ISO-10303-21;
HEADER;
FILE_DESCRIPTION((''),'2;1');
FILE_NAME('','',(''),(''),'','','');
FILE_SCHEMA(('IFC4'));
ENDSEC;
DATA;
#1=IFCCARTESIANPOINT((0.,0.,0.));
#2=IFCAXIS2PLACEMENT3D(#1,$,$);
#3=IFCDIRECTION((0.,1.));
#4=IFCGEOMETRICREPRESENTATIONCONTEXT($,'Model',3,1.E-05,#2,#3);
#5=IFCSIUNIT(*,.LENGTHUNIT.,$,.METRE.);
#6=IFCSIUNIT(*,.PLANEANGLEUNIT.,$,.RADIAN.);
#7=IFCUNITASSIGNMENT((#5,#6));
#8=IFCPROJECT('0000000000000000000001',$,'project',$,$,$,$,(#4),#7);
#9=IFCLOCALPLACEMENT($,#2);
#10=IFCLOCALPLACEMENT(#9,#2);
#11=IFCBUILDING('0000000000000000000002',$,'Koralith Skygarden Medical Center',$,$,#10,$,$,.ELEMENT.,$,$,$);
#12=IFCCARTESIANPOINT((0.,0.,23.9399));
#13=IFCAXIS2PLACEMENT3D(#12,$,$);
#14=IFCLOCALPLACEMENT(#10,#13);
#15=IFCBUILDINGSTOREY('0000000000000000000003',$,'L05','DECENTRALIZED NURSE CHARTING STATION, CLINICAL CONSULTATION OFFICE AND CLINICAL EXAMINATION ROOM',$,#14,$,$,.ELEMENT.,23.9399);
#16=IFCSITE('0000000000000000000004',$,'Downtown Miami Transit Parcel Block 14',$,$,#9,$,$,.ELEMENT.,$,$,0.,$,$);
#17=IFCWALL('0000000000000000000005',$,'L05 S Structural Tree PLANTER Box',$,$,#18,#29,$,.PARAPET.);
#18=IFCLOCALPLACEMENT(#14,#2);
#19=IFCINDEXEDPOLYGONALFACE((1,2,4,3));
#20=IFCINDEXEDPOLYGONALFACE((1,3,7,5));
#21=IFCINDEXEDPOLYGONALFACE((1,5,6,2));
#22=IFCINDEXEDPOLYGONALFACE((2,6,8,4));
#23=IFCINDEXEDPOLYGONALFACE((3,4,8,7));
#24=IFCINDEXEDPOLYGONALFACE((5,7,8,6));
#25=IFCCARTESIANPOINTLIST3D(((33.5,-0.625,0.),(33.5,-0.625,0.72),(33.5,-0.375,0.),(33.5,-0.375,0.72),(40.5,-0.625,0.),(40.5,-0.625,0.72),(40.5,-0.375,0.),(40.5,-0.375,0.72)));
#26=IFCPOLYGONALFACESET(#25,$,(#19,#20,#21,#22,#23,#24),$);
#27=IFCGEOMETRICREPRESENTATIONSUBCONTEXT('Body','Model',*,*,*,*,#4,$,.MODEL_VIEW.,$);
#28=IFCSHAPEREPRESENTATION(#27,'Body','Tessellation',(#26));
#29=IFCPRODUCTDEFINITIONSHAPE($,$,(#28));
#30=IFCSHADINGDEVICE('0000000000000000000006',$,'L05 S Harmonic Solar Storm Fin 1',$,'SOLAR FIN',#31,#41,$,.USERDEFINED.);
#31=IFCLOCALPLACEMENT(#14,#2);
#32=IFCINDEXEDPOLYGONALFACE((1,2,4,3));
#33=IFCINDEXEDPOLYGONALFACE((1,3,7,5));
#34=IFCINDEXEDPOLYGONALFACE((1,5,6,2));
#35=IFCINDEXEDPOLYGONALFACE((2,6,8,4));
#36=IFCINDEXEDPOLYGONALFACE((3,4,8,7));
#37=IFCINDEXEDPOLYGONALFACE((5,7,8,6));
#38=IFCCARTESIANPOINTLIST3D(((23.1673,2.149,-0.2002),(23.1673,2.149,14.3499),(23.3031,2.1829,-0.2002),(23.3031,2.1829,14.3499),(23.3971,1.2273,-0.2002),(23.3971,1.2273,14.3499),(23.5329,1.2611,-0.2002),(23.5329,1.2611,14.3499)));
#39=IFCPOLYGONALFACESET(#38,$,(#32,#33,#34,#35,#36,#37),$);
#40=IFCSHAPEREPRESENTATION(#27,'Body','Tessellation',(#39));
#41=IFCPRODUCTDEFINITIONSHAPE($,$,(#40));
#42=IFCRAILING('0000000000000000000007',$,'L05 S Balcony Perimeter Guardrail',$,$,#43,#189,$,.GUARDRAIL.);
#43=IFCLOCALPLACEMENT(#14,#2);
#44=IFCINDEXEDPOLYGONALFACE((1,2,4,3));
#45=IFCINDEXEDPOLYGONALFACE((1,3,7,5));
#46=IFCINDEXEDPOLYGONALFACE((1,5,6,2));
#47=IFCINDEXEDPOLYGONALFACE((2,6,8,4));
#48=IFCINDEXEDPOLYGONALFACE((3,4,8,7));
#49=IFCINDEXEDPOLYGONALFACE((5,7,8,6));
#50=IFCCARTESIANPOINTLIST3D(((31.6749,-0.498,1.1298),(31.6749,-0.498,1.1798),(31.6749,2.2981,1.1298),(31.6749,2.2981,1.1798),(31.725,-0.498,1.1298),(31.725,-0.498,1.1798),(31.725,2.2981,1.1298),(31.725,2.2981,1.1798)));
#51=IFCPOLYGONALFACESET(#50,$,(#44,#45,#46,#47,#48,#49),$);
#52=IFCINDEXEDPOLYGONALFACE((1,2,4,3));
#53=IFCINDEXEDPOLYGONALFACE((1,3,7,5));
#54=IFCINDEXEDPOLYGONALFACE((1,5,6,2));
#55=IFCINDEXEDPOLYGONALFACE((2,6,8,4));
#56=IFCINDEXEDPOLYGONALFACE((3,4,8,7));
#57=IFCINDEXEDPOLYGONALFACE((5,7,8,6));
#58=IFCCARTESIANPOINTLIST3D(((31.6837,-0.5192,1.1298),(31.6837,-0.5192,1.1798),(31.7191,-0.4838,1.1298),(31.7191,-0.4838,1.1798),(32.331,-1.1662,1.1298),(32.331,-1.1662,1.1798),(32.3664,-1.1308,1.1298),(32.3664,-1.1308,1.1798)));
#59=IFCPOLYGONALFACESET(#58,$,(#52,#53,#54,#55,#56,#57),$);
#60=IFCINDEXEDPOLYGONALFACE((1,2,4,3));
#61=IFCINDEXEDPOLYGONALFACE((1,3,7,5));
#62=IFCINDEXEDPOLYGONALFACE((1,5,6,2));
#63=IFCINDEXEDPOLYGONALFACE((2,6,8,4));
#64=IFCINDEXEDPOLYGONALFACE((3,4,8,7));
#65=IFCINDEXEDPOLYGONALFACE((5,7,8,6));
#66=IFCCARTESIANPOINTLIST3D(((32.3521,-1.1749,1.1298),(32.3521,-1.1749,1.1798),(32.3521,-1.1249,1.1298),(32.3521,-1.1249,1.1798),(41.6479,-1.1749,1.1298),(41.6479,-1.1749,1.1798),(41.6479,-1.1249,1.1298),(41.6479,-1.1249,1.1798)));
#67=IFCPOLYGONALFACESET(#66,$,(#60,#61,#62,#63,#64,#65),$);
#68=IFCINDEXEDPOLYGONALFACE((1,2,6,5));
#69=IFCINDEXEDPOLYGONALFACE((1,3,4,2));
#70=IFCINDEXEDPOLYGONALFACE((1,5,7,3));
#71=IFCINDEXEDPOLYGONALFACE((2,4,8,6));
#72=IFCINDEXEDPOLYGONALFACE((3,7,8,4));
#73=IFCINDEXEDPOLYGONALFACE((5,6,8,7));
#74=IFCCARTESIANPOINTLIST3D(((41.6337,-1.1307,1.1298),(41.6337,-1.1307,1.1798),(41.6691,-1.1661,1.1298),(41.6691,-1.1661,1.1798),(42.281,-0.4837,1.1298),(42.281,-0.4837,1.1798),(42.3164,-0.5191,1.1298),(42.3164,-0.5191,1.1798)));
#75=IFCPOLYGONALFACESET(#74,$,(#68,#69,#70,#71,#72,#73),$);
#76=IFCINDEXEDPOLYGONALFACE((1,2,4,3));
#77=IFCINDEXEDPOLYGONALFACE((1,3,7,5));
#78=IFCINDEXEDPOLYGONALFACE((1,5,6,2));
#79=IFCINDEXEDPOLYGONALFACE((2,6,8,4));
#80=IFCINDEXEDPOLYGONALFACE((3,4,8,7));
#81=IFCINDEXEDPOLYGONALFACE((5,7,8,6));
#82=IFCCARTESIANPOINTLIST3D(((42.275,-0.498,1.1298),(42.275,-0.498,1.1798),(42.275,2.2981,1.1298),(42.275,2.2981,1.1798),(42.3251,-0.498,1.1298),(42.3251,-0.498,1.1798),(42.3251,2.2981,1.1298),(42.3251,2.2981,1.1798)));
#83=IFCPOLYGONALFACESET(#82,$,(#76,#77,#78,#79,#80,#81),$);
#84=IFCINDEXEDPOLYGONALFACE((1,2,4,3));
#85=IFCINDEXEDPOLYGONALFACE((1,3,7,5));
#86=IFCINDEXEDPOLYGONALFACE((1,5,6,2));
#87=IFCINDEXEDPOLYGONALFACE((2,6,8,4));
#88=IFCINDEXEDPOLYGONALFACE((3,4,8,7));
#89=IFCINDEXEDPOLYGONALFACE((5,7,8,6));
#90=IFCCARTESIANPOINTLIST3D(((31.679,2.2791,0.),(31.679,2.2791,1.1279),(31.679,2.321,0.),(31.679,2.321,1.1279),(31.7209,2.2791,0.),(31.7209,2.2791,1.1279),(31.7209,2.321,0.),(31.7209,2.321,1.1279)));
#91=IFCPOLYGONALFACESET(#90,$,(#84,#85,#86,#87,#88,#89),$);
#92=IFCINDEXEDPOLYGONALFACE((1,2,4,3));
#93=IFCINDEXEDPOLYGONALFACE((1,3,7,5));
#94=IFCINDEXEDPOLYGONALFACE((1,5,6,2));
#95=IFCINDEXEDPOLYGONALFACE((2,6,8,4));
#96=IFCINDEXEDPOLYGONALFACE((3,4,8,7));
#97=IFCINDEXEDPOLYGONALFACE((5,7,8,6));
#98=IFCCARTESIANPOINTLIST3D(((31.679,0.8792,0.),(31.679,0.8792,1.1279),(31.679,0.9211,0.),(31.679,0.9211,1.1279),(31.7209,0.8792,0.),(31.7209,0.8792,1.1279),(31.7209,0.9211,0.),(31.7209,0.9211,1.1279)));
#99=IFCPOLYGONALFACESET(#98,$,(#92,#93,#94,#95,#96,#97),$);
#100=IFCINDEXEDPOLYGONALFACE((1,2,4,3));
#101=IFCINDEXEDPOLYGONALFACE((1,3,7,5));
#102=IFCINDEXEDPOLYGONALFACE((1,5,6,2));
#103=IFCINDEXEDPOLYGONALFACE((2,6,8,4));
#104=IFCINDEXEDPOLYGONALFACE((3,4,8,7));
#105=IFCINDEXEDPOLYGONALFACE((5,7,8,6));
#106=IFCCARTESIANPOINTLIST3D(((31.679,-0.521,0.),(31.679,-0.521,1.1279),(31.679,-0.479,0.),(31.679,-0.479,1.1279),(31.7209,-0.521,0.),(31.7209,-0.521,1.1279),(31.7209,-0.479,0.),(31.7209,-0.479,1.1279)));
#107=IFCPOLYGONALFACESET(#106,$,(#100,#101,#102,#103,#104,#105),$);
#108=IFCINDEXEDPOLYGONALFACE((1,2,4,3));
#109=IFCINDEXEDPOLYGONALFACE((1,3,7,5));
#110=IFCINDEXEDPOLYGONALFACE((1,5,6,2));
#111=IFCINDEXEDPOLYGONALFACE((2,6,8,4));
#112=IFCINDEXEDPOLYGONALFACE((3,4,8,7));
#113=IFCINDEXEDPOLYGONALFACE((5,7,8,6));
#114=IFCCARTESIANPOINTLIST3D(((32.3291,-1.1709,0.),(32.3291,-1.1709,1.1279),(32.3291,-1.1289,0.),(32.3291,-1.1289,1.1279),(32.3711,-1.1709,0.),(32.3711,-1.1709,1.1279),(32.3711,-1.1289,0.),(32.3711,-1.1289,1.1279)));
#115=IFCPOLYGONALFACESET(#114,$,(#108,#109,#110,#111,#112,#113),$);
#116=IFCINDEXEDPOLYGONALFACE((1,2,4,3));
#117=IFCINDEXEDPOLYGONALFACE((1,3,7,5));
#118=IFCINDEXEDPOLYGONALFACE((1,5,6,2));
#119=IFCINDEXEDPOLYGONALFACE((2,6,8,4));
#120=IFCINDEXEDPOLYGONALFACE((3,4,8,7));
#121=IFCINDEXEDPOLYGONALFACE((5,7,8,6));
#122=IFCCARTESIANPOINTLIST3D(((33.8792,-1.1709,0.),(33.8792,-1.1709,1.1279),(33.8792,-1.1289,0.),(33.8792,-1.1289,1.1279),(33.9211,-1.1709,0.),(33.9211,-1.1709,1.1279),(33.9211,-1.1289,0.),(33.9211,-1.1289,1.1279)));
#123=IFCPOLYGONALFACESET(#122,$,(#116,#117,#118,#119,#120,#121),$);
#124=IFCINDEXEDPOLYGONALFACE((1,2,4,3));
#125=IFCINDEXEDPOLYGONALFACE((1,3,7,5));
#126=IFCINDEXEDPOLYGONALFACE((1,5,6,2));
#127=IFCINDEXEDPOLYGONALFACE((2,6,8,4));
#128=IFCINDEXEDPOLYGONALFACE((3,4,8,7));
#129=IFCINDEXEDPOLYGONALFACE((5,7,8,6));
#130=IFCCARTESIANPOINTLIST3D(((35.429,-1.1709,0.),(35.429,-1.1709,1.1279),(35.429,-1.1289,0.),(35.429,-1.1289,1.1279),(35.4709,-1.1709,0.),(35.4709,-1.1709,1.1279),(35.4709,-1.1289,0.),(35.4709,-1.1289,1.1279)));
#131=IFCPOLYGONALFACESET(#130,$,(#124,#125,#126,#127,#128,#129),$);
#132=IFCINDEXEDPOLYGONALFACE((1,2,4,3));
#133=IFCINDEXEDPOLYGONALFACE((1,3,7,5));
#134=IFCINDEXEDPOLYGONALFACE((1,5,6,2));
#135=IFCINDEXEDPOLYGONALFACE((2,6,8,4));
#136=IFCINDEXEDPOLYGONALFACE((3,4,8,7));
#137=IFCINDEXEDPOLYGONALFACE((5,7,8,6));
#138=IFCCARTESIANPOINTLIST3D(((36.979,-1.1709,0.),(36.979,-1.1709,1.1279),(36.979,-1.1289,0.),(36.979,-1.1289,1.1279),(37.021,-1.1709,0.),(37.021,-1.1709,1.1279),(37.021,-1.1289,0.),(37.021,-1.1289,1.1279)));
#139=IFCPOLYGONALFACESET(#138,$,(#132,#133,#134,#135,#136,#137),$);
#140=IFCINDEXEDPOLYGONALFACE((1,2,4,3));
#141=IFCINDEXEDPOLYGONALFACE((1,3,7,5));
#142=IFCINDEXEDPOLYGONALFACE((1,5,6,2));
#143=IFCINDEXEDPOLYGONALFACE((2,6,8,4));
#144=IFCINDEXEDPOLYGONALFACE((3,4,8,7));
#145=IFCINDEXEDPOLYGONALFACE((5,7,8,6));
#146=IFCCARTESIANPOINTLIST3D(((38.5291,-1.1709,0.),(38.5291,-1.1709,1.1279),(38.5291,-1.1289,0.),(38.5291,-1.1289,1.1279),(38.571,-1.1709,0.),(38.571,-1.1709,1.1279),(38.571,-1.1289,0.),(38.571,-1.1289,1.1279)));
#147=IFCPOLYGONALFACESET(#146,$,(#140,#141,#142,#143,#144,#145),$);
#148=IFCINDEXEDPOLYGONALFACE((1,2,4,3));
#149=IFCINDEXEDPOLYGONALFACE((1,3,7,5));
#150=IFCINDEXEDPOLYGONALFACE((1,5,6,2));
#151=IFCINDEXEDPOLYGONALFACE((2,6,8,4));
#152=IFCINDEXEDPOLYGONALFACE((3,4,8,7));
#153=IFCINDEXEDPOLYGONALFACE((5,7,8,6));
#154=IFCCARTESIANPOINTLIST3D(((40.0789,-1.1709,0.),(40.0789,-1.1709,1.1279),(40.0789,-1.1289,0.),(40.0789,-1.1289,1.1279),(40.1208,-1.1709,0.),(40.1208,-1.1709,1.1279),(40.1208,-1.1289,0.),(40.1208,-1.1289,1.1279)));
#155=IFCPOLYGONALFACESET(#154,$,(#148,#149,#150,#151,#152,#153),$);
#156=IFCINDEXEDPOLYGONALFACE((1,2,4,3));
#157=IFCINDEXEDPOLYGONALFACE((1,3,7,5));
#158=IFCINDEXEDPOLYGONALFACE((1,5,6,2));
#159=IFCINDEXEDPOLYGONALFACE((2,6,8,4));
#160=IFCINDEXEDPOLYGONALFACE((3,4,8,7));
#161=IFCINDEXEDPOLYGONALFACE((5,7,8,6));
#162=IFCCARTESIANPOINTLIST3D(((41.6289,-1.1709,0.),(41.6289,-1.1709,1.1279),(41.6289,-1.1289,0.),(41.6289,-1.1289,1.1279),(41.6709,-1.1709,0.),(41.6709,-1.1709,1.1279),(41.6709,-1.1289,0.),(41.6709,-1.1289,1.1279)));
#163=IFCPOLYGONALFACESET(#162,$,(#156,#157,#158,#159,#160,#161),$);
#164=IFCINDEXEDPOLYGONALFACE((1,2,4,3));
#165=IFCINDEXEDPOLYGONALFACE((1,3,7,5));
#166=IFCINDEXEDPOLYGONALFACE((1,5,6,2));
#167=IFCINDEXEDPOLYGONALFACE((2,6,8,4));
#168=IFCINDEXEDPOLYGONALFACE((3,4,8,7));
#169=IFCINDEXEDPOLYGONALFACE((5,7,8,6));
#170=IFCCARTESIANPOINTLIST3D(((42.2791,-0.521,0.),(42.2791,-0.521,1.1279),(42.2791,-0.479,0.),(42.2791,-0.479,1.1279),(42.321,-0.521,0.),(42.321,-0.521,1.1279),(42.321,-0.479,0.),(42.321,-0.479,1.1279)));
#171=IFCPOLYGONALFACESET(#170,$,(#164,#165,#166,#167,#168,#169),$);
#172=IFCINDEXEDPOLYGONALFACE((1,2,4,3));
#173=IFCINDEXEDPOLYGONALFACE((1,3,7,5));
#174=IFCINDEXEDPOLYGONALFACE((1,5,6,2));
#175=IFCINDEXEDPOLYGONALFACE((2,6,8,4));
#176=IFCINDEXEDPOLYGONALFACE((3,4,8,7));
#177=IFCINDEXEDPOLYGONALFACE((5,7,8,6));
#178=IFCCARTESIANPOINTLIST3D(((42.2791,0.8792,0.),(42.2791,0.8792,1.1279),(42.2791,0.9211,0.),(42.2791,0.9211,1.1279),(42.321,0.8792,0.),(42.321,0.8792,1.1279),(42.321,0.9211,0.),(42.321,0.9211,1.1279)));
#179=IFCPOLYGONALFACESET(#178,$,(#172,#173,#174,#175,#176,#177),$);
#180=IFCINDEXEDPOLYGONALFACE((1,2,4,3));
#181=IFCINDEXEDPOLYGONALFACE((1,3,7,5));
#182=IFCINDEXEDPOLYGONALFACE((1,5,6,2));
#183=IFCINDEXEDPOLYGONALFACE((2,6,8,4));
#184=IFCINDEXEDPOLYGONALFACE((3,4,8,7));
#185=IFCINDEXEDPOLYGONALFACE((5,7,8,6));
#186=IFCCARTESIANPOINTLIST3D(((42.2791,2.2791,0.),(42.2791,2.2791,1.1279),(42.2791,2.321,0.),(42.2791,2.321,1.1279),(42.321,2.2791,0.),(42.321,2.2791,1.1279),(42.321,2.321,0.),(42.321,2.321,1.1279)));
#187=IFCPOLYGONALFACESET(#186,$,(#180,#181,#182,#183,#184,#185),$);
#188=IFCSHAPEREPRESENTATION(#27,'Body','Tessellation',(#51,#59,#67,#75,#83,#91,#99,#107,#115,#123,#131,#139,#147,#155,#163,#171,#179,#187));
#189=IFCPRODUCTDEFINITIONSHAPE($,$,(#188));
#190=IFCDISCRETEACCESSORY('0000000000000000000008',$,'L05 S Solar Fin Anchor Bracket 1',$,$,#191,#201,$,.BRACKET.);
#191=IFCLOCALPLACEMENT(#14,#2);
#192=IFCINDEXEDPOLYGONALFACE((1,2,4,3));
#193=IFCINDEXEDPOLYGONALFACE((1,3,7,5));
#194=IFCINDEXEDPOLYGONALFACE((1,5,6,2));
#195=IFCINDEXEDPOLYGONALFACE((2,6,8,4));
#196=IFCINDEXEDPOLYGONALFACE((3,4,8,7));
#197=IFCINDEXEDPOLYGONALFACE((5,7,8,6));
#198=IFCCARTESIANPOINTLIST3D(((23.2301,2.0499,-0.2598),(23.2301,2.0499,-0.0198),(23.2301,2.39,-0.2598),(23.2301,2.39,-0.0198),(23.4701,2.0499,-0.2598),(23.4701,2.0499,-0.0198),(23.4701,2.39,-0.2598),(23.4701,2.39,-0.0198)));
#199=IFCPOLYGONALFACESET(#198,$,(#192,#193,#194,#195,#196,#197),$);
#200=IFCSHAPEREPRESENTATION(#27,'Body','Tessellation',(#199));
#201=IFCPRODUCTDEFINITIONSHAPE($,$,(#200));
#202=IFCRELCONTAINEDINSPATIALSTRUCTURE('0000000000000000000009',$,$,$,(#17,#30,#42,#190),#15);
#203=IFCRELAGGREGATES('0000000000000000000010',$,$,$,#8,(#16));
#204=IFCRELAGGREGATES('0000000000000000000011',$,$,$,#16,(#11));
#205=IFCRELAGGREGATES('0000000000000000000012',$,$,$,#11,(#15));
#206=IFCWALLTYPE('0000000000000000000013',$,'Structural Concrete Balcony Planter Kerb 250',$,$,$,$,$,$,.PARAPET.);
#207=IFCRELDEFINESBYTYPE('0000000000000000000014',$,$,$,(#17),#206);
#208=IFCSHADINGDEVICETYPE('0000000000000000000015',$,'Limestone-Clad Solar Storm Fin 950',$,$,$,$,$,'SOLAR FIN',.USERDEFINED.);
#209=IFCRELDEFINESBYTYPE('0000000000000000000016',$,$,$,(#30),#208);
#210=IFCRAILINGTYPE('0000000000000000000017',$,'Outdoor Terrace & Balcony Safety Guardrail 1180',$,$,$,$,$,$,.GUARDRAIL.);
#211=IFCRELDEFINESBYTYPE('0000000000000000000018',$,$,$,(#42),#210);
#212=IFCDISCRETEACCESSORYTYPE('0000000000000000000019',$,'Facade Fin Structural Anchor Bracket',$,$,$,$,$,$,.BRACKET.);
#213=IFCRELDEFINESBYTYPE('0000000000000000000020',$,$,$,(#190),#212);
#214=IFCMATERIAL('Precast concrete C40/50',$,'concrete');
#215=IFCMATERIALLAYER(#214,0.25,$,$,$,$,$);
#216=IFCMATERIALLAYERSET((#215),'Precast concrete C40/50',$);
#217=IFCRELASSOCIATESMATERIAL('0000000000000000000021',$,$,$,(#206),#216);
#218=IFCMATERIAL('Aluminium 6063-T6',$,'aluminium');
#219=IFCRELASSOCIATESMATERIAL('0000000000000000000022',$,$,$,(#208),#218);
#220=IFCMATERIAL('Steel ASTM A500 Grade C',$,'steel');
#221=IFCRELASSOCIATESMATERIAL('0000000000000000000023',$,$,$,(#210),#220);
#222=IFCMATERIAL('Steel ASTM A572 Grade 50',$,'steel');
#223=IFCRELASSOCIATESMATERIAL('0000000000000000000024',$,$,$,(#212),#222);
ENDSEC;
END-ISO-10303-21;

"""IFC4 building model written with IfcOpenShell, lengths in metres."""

from ifc_helpers import new_model, si_unit, direction, frame, frame_2d, origin, origin_2d, place, context, subcontext, project, spatial, rectangle, extrude, material, layer, layer_set, type_object, element, save


model = new_model("IFC4")

# Units and contexts
model_context = context("Model", 3, precision=1e-05, world=origin(), true_north=direction((0.0, 1.0)))
body_context = subcontext(model_context, "Body", "Model", "MODEL_VIEW")
ifc_project = project(units=[si_unit("LENGTHUNIT", "METRE"), si_unit("PLANEANGLEUNIT", "RADIAN")], contexts=[model_context])

# Site, building, storey
site_placement = place(None, origin())
site = spatial("IfcSite", under=ifc_project, at=site_placement, Name="Downtown Miami Transit Parcel Block 14", CompositionType="ELEMENT", RefElevation=0.0)
building_placement = place(site_placement, origin())
building = spatial("IfcBuilding", under=site, at=building_placement, Name="Koralith Skygarden Medical Center", CompositionType="ELEMENT")
storey_placement = place(building_placement, frame((0.0, 0.0, 23.9399)))
storey = spatial("IfcBuildingStorey", under=building, at=storey_placement, Name="L05", Description="DECENTRALIZED NURSE CHARTING STATION, CLINICAL CONSULTATION OFFICE AND CLINICAL EXAMINATION ROOM", CompositionType="ELEMENT", Elevation=23.9399)

# Shared definitions
ifc_material_1 = material(Name="Aluminium 6063-T6", Category="aluminium")

# Wall
ifc_material_2 = material(Name="Precast concrete C40/50", Category="concrete")
ifc_layer_1 = layer(ifc_material_2, 0.25)
ifc_layer_set_1 = layer_set([ifc_layer_1], Name="Precast concrete C40/50")
wall_type_1 = type_object("IfcWallType", Name="Structural Concrete Balcony Planter Kerb 250", PredefinedType="PARAPET", material=ifc_layer_set_1)
wall_1_placement = place(storey_placement, frame((33.5, -0.5, 0.0), z_axis=(0.0, 0.0, 1.0), x_axis=(1.0, 0.0, 0.0)))
element("IfcWall", 1, at=wall_1_placement, inside=storey, type_object=wall_type_1, Name="L05 S Structural Tree PLANTER Box", PredefinedType="PARAPET", context=body_context, shape_type="SweptSolid", body=[
    extrude(rectangle(XDim=7.0, YDim=0.25, at=frame_2d((3.5, 0.0))), origin(), (0.0, 0.0, 1.0), 0.72),
])

# Shading device
shading_device_type = type_object("IfcShadingDeviceType", Name="Limestone-Clad Solar Storm Fin 950", ElementType="SOLAR FIN", PredefinedType="USERDEFINED", material=ifc_material_1)
shading_device_placement = place(storey_placement, frame((23.3501, 1.7051, -0.2002), z_axis=(0.0, 0.0, 1.0), x_axis=(0.241922, -0.970296, 0.0)))
element("IfcShadingDevice", 2, at=shading_device_placement, inside=storey, type_object=shading_device_type, Name="L05 S Harmonic Solar Storm Fin 1", ObjectType="SOLAR FIN", PredefinedType="USERDEFINED", context=body_context, shape_type="SweptSolid", body=[
    extrude(rectangle(XDim=0.95, YDim=0.1399, at=origin_2d()), origin(), (0.0, 0.0, 1.0), 14.55),
])

# Railing
ifc_material_3 = material(Name="Steel ASTM A500 Grade C", Category="steel")
railing_type = type_object("IfcRailingType", Name="Outdoor Terrace & Balcony Safety Guardrail 1180", PredefinedType="GUARDRAIL", material=ifc_material_3)
railing_placement = place(storey_placement, frame((31.7, 2.3, 0.0)))
element("IfcRailing", 3, at=railing_placement, inside=storey, type_object=railing_type, Name="L05 S Balcony Perimeter Guardrail", PredefinedType="GUARDRAIL", context=body_context, shape_type="SweptSolid", body=[
    extrude(rectangle(XDim=0.05, YDim=0.05, at=origin_2d()), frame((0.0, -0.002, 1.1548), z_axis=(0.0, -1.0, 0.0), x_axis=(1.0, 0.0, 0.0)), (0.0, 0.0, 1.0), 2.7961),
    extrude(rectangle(XDim=0.05, YDim=0.05, at=origin_2d()), frame((0.0015, -2.8015, 1.1548), z_axis=(0.70724, -0.706974, 0.0), x_axis=(0.706974, 0.70724, 0.0)), (0.0, 0.0, 1.0), 0.9153),
    extrude(rectangle(XDim=0.05, YDim=0.05, at=origin_2d()), frame((0.6521, -3.45, 1.1548), z_axis=(1.0, 0.0, 0.0), x_axis=(0.0, 1.0, 0.0)), (0.0, 0.0, 1.0), 9.2959),
    extrude(rectangle(XDim=0.05, YDim=0.05, at=origin_2d()), frame((9.9514, -3.4485, 1.1548), z_axis=(0.70724, 0.706974, 0.0), x_axis=(-0.706974, 0.70724, 0.0)), (0.0, 0.0, 1.0), 0.9153),
    extrude(rectangle(XDim=0.05, YDim=0.05, at=origin_2d()), frame((10.6001, -2.7981, 1.1548), z_axis=(0.0, 1.0, 0.0), x_axis=(-1.0, 0.0, 0.0)), (0.0, 0.0, 1.0), 2.7961),
    extrude(rectangle(XDim=0.042, YDim=0.042, at=origin_2d()), origin(), (0.0, 0.0, 1.0), 1.1279),
    extrude(rectangle(XDim=0.042, YDim=0.042, at=origin_2d()), frame((0.0, -1.3999, 0.0)), (0.0, 0.0, 1.0), 1.1279),
    extrude(rectangle(XDim=0.042, YDim=0.042, at=origin_2d()), frame((0.0, -2.8, 0.0)), (0.0, 0.0, 1.0), 1.1279),
    extrude(rectangle(XDim=0.042, YDim=0.042, at=origin_2d()), frame((0.6501, -3.45, 0.0)), (0.0, 0.0, 1.0), 1.1279),
    extrude(rectangle(XDim=0.042, YDim=0.042, at=origin_2d()), frame((2.2002, -3.45, 0.0)), (0.0, 0.0, 1.0), 1.1279),
    extrude(rectangle(XDim=0.042, YDim=0.042, at=origin_2d()), frame((3.75, -3.45, 0.0)), (0.0, 0.0, 1.0), 1.1279),
    extrude(rectangle(XDim=0.042, YDim=0.042, at=origin_2d()), frame((5.3, -3.45, 0.0)), (0.0, 0.0, 1.0), 1.1279),
    extrude(rectangle(XDim=0.042, YDim=0.042, at=origin_2d()), frame((6.8501, -3.45, 0.0)), (0.0, 0.0, 1.0), 1.1279),
    extrude(rectangle(XDim=0.042, YDim=0.042, at=origin_2d()), frame((8.3999, -3.45, 0.0)), (0.0, 0.0, 1.0), 1.1279),
    extrude(rectangle(XDim=0.042, YDim=0.042, at=origin_2d()), frame((9.95, -3.45, 0.0)), (0.0, 0.0, 1.0), 1.1279),
    extrude(rectangle(XDim=0.042, YDim=0.042, at=origin_2d()), frame((10.6001, -2.8, 0.0)), (0.0, 0.0, 1.0), 1.1279),
    extrude(rectangle(XDim=0.042, YDim=0.042, at=origin_2d()), frame((10.6001, -1.3999, 0.0)), (0.0, 0.0, 1.0), 1.1279),
    extrude(rectangle(XDim=0.042, YDim=0.042, at=origin_2d()), frame((10.6001, 0.0, 0.0)), (0.0, 0.0, 1.0), 1.1279),
])

# Discrete accessory
ifc_material_4 = material(Name="Steel ASTM A572 Grade 50", Category="steel")
discrete_accessory_type = type_object("IfcDiscreteAccessoryType", Name="Facade Fin Structural Anchor Bracket", PredefinedType="BRACKET", material=ifc_material_4)
discrete_accessory_placement = place(storey_placement, frame((23.3501, 2.22, -0.2598), z_axis=(0.0, 0.0, 1.0), x_axis=(0.0, -1.0, 0.0)))
element("IfcDiscreteAccessory", 4, at=discrete_accessory_placement, inside=storey, type_object=discrete_accessory_type, Name="L05 S Solar Fin Anchor Bracket 1", PredefinedType="BRACKET", context=body_context, shape_type="SweptSolid", body=[
    extrude(rectangle(XDim=0.3401, YDim=0.24, at=origin_2d()), origin(), (0.0, 0.0, 1.0), 0.24),
])

save(model, "model.ifc")
